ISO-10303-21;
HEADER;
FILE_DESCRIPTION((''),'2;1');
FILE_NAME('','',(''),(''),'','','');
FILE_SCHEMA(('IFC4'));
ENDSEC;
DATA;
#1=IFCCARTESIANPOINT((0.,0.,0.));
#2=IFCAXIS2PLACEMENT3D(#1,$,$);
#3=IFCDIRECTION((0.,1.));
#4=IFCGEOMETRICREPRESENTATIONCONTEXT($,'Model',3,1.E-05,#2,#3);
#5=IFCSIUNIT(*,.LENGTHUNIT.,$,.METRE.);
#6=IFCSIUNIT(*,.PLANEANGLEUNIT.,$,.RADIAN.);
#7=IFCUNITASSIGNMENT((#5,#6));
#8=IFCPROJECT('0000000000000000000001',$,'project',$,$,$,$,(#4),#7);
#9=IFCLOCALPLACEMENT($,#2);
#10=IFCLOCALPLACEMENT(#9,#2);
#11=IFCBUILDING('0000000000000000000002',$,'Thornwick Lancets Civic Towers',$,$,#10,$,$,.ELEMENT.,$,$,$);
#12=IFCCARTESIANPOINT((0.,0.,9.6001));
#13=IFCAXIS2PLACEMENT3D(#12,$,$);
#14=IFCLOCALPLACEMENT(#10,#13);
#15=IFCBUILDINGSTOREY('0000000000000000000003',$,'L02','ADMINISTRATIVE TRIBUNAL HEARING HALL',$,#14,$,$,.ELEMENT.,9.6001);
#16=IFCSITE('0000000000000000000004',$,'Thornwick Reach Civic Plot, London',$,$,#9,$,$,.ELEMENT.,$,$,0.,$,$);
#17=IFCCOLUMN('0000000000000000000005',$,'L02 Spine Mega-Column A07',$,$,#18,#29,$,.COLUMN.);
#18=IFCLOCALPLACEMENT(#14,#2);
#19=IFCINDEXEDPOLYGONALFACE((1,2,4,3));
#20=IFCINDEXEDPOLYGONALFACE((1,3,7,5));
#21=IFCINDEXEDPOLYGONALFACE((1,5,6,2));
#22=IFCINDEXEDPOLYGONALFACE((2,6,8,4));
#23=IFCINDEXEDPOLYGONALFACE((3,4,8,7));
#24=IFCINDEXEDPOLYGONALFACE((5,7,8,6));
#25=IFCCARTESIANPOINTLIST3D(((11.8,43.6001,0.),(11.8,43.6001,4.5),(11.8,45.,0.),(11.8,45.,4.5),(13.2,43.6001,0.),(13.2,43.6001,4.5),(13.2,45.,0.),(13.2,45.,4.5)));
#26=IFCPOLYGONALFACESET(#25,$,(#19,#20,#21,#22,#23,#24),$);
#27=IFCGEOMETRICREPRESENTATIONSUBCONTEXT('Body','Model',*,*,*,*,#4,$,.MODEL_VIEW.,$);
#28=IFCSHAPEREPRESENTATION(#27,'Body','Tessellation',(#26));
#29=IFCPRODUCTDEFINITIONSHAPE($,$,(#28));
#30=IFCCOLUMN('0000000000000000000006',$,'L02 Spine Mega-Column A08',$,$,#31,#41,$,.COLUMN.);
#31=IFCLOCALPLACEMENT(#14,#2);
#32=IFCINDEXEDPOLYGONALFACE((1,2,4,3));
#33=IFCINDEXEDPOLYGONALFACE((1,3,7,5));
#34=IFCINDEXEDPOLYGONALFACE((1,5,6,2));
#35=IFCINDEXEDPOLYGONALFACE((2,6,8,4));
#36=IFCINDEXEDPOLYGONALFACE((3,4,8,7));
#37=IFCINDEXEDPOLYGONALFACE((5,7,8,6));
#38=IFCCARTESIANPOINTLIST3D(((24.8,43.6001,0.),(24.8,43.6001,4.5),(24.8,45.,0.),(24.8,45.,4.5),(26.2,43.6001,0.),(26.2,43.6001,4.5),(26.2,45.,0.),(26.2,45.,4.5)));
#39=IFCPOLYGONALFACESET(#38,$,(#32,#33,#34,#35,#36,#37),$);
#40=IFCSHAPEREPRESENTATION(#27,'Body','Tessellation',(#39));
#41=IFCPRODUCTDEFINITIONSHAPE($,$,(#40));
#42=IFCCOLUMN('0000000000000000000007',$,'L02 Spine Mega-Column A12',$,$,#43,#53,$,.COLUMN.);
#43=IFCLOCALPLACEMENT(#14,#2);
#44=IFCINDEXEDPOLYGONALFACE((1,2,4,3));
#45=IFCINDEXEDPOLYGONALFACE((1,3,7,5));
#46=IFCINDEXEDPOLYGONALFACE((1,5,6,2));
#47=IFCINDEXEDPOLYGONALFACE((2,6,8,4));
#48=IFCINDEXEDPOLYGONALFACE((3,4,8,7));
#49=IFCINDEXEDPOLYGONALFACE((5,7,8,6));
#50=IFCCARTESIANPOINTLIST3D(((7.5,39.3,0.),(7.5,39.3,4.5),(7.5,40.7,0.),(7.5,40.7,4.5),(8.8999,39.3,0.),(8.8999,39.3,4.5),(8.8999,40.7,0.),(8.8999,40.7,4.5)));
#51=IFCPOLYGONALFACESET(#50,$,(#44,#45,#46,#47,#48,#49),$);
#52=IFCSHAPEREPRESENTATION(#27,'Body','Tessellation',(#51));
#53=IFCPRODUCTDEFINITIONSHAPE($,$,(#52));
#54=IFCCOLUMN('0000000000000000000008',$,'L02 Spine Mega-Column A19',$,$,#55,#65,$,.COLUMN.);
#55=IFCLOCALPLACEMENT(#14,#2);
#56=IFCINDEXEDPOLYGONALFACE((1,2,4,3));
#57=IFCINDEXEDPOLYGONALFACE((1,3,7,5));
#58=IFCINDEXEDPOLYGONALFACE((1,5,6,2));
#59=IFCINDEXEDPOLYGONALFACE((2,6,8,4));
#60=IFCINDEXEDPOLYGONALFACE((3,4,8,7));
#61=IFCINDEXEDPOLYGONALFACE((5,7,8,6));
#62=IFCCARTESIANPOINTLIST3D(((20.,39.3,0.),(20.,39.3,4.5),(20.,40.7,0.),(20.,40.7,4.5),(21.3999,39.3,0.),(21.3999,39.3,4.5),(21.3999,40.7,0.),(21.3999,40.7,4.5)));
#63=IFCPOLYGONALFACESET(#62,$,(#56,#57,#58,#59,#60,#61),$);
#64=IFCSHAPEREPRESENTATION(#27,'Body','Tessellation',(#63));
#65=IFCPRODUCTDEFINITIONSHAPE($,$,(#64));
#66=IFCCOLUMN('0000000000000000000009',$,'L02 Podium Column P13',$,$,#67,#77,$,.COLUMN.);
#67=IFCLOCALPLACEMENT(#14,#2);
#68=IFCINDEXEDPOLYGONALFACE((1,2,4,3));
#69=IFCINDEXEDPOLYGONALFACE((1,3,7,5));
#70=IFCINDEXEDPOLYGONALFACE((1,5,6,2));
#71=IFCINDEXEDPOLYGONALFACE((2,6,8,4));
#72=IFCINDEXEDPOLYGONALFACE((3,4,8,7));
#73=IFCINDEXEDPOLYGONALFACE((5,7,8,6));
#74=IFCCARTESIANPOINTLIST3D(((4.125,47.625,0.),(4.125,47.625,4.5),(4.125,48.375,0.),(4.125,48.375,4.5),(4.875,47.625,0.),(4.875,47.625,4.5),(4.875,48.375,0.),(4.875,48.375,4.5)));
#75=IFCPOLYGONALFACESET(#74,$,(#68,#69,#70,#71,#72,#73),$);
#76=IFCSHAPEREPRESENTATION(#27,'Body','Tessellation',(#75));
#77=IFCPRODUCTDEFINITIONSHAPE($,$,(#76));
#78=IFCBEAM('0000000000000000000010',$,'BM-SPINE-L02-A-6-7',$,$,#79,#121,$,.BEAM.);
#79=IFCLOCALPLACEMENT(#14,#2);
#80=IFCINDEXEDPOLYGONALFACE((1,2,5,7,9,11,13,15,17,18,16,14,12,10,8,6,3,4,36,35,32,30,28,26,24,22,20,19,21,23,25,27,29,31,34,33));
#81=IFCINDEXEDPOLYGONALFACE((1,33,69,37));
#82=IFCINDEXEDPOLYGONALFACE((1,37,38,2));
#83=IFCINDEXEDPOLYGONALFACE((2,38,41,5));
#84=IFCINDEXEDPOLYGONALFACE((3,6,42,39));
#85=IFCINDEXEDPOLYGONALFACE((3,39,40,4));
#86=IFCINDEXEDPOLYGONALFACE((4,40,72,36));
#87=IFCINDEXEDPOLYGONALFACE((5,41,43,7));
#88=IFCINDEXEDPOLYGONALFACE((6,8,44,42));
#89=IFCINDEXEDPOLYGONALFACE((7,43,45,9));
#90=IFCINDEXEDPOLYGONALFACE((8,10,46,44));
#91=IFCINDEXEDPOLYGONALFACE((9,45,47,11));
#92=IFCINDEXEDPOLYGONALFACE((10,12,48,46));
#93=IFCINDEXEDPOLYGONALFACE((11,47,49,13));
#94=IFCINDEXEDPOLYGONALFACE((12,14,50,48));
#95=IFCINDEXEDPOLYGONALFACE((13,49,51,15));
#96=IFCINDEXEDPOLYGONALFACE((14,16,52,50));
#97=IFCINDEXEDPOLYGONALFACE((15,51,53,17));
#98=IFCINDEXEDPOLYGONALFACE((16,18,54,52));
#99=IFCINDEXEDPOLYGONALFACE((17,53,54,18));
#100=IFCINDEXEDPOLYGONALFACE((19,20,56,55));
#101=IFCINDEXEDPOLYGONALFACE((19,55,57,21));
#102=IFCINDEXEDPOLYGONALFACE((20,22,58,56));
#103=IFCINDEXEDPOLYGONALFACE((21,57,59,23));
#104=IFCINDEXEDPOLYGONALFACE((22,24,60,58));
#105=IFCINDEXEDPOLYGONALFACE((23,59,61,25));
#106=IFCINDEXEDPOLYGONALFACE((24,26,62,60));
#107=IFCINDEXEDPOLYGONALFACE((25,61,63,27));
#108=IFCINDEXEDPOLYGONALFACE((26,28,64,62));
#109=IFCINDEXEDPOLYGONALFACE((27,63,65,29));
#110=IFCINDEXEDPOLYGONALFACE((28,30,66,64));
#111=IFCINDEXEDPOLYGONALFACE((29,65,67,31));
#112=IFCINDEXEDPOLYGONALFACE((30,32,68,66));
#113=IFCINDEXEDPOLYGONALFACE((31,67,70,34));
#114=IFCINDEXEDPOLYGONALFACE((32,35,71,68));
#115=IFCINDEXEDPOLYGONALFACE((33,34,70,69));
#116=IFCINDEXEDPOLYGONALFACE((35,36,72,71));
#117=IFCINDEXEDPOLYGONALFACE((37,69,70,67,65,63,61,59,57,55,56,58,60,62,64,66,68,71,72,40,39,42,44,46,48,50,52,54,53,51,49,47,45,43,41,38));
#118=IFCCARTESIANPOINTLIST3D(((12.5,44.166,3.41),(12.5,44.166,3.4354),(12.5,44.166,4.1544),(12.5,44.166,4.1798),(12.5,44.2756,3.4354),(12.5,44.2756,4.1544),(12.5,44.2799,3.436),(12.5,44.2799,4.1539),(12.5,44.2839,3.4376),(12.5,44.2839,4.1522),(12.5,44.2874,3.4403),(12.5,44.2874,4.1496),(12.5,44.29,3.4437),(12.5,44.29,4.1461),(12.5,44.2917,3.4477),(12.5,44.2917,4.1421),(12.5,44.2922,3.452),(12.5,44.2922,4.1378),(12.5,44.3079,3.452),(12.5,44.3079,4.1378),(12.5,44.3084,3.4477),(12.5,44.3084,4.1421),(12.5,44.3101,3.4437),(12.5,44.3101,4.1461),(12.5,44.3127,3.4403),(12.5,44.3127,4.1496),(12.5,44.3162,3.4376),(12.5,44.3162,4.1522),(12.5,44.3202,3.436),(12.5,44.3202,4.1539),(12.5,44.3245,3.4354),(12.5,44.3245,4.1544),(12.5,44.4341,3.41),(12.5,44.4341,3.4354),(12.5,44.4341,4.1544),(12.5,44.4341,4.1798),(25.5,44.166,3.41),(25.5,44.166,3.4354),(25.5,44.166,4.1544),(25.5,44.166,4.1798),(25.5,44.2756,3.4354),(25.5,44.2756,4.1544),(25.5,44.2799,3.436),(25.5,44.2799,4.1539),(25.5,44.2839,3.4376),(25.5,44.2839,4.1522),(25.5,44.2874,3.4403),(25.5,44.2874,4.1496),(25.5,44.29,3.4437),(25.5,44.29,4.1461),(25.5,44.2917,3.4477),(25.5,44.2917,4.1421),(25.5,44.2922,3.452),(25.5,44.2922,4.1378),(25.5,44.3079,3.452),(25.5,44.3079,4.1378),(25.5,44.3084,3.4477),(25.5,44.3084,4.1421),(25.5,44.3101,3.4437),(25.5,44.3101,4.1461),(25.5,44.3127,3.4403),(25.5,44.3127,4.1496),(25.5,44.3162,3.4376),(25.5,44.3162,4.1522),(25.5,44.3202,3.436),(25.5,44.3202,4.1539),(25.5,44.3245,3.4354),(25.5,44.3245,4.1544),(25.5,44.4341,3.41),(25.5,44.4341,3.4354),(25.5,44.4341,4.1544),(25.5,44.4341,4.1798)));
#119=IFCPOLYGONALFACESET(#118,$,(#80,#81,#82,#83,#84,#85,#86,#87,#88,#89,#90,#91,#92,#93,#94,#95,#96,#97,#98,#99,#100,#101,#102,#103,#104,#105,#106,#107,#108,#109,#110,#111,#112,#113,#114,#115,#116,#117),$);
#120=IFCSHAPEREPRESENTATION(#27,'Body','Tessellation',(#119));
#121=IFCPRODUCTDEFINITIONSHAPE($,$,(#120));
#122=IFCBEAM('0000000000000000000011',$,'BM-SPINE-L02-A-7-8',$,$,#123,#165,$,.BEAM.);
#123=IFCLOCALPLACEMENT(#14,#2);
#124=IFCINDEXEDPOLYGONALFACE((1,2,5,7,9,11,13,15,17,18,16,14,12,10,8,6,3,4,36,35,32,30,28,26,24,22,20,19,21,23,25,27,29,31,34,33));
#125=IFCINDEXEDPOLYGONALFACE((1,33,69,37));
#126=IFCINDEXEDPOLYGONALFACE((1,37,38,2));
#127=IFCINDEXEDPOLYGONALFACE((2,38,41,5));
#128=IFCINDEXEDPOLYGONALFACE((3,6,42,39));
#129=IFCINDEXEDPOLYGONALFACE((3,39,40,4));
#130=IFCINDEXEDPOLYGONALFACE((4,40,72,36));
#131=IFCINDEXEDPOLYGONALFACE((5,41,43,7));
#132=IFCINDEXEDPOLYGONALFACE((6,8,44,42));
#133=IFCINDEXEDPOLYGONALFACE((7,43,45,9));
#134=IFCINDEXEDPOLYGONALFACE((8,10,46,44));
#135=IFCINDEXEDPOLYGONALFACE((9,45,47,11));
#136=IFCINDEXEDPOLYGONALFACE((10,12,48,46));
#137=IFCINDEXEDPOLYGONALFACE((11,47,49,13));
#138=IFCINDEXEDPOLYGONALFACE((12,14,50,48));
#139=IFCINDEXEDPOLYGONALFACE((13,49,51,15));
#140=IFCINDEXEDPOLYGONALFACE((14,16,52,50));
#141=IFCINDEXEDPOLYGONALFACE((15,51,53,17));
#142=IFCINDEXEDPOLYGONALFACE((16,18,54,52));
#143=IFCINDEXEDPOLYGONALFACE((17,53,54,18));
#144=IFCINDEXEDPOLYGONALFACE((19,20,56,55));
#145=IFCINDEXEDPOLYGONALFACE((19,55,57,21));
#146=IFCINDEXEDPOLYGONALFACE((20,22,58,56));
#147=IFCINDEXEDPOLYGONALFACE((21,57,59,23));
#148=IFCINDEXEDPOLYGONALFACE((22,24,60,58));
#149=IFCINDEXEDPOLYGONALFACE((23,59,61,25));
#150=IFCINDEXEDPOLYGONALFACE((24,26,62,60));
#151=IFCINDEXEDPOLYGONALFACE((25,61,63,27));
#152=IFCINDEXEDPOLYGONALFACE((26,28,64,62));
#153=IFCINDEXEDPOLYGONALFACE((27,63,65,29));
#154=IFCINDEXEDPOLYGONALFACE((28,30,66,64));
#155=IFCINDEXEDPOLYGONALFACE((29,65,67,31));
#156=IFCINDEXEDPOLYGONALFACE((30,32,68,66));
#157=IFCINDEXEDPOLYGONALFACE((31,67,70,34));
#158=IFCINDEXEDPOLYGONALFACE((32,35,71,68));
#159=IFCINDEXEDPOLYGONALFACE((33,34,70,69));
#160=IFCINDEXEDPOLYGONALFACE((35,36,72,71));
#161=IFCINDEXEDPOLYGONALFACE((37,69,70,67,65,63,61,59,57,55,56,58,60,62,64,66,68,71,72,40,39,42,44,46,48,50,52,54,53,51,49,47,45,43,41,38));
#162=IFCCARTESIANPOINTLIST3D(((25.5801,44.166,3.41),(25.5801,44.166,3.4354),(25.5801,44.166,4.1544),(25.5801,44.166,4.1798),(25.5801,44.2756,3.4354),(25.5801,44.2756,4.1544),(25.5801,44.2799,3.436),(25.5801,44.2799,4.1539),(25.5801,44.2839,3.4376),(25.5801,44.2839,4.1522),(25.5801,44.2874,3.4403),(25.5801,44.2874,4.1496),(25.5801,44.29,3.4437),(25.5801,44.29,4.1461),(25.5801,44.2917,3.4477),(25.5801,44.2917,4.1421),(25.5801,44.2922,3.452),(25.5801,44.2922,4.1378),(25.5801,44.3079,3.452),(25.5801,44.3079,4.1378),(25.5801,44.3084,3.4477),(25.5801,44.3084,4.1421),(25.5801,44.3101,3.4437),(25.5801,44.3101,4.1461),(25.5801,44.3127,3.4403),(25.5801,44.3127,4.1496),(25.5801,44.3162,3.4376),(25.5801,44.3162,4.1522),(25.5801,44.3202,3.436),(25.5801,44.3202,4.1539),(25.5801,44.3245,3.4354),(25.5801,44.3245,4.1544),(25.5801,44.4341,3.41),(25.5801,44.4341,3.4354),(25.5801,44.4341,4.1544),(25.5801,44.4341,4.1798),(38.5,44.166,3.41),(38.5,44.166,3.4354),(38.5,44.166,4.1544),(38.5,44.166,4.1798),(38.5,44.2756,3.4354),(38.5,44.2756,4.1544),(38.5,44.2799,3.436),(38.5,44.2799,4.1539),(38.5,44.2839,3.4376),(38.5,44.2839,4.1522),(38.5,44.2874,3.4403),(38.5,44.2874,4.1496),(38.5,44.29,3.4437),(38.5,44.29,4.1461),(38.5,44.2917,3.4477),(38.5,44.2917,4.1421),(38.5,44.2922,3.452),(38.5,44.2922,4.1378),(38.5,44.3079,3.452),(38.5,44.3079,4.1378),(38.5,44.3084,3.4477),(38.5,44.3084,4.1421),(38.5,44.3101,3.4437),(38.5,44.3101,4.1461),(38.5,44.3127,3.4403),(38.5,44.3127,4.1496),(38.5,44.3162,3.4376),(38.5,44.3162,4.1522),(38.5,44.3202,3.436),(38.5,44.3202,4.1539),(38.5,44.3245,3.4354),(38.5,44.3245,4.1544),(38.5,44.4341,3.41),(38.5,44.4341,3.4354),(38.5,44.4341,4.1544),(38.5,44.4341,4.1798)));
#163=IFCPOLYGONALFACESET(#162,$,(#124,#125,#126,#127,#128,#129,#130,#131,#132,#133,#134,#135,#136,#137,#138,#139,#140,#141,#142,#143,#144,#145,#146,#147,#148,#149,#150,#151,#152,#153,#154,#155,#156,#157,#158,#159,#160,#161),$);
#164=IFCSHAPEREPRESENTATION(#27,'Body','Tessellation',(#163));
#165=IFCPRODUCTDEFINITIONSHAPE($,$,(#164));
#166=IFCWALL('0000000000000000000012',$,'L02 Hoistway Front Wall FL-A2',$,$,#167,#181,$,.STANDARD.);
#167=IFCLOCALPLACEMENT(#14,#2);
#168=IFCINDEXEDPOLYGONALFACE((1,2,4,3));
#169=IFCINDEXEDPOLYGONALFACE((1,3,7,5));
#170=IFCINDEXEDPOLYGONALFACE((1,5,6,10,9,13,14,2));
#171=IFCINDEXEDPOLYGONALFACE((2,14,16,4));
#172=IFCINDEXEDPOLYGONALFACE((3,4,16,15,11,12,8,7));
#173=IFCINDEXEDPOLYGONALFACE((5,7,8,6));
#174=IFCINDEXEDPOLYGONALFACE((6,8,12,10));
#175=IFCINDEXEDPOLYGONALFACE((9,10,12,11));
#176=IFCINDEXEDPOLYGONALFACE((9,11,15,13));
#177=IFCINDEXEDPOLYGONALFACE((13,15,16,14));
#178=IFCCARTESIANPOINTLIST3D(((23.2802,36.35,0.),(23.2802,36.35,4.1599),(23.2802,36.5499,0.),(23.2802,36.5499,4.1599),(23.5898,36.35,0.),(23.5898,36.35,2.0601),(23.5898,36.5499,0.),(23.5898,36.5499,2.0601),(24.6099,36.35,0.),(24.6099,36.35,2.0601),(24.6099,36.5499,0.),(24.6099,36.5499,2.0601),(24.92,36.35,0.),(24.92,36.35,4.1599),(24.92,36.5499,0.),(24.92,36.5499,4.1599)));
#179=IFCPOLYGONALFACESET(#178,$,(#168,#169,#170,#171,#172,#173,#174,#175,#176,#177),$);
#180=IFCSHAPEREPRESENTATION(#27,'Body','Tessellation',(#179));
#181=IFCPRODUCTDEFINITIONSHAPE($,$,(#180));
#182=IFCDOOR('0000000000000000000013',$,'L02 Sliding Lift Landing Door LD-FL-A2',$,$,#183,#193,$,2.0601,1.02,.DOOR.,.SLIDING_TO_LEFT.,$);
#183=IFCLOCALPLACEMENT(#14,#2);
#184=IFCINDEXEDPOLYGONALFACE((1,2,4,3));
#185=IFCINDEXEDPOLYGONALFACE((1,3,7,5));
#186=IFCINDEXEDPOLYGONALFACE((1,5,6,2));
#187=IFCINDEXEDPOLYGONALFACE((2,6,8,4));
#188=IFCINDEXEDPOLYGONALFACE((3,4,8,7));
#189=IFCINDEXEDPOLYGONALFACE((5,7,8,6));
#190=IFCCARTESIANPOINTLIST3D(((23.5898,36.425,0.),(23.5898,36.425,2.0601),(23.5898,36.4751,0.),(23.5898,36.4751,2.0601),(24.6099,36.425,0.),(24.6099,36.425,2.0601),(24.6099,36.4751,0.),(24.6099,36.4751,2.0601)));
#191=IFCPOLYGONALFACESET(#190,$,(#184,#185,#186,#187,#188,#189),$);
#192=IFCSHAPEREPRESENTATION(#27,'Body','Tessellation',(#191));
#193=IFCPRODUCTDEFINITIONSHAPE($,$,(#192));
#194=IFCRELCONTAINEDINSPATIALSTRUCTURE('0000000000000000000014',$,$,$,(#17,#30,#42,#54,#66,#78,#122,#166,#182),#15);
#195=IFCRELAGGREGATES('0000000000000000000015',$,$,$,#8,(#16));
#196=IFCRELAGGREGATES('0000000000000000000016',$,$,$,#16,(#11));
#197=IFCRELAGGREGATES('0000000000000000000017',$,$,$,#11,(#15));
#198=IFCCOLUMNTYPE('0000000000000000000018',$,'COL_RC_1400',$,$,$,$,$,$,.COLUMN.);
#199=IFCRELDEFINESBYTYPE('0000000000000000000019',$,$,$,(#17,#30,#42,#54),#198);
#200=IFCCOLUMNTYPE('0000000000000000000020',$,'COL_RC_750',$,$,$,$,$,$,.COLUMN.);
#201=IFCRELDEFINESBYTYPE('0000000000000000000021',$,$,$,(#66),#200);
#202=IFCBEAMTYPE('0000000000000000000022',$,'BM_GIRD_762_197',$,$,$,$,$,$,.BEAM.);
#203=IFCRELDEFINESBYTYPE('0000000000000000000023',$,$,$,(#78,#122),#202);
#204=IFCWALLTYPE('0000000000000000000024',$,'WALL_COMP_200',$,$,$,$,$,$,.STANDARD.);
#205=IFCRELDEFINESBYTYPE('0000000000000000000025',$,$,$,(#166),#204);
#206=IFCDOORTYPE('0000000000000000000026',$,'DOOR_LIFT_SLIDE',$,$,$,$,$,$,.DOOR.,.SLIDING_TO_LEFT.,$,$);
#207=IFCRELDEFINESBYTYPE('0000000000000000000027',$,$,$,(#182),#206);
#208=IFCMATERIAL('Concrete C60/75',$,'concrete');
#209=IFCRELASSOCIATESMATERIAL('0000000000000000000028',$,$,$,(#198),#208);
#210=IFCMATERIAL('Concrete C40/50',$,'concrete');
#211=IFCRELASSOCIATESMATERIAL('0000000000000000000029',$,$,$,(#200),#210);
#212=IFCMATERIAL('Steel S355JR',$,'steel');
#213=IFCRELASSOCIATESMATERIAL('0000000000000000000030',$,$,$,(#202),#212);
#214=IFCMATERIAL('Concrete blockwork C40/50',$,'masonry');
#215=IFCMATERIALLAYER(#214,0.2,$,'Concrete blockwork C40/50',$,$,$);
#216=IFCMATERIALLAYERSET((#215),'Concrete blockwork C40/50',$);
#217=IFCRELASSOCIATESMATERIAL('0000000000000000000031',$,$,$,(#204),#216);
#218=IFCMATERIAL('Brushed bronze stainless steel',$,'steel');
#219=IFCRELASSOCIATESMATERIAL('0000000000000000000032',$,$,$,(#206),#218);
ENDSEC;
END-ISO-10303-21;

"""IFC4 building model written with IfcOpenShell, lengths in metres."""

from ifc_helpers import new_model, si_unit, direction, frame, frame_2d, origin, origin_2d, place, context, subcontext, project, spatial, rectangle, i_section, extrude, material, layer, layer_set, material_profile, profile_set, type_object, element, fill, save


model = new_model("IFC4")

# Units and contexts
model_context = context("Model", 3, precision=1e-05, world=origin(), true_north=direction((0.0, 1.0)))
body_context = subcontext(model_context, "Body", "Model", "MODEL_VIEW")
ifc_project = project(units=[si_unit("LENGTHUNIT", "METRE"), si_unit("PLANEANGLEUNIT", "RADIAN")], contexts=[model_context])

# Site, building, storey
site_placement = place(None, origin())
site = spatial("IfcSite", under=ifc_project, at=site_placement, Name="Thornwick Reach Civic Plot, London", CompositionType="ELEMENT", RefElevation=0.0)
building_placement = place(site_placement, origin())
building = spatial("IfcBuilding", under=site, at=building_placement, Name="Thornwick Lancets Civic Towers", CompositionType="ELEMENT")
storey_placement = place(building_placement, frame((0.0, 0.0, 9.6001)))
storey = spatial("IfcBuildingStorey", under=building, at=storey_placement, Name="L02", Description="ADMINISTRATIVE TRIBUNAL HEARING HALL", CompositionType="ELEMENT", Elevation=9.6001)

# Columns
ifc_material_1 = material(Name="Concrete C60/75", Category="concrete")
ifc_material_profile_1 = material_profile(ifc_material_1, rectangle(XDim=1.3999, YDim=1.3999, at=origin_2d()), Name="RC 1400x1400")
ifc_profile_set_1 = profile_set([ifc_material_profile_1], Name="Concrete C60/75")
column_type_1 = type_object("IfcColumnType", Name="COL_RC_1400", PredefinedType="COLUMN", material=ifc_profile_set_1)
for number, where, z_axis, x_axis, name in (
    (1, (12.5, 44.3, 0.0), (0.0, 0.0, 1.0), (1.0, 0.0, 0.0), "L02 Spine Mega-Column A07"),
    (2, (25.5, 44.3, 0.0), (0.0, 0.0, 1.0), (1.0, 0.0, 0.0), "L02 Spine Mega-Column A08"),
    (3, (8.2, 40.0, 0.0), (0.0, 0.0, 1.0), (1.0, 0.0, 0.0), "L02 Spine Mega-Column A12"),
    (4, (20.7, 40.0, 0.0), (0.0, 0.0, 1.0), (1.0, 0.0, 0.0), "L02 Spine Mega-Column A19"),
):
    element("IfcColumn", number, at=place(storey_placement, frame(where, z_axis=z_axis, x_axis=x_axis)), inside=storey, type_object=column_type_1, Name=name, PredefinedType="COLUMN", context=body_context, shape_type="SweptSolid", body=[
        extrude(rectangle(XDim=1.3999, YDim=1.3999, at=origin_2d()), origin(), (0.0, 0.0, 1.0), 4.5),
    ])
ifc_material_2 = material(Name="Concrete C40/50", Category="concrete")
ifc_material_profile_2 = material_profile(ifc_material_2, rectangle(XDim=0.75, YDim=0.75, at=origin_2d()), Name="RC 750x750")
ifc_profile_set_2 = profile_set([ifc_material_profile_2], Name="Concrete C40/50")
column_type_2 = type_object("IfcColumnType", Name="COL_RC_750", PredefinedType="COLUMN", material=ifc_profile_set_2)
column_placement = place(storey_placement, frame((4.5, 48.0, 0.0), z_axis=(0.0, 0.0, 1.0), x_axis=(1.0, 0.0, 0.0)))
element("IfcColumn", 5, at=column_placement, inside=storey, type_object=column_type_2, Name="L02 Podium Column P13", PredefinedType="COLUMN", context=body_context, shape_type="SweptSolid", body=[
    extrude(rectangle(XDim=0.75, YDim=0.75, at=origin_2d()), origin(), (0.0, 0.0, 1.0), 4.5),
])

# Beams
ifc_material_3 = material(Name="Steel S355JR", Category="steel")
ifc_material_profile_3 = material_profile(ifc_material_3, i_section(OverallWidth=0.2681, OverallDepth=0.7698, WebThickness=0.0156, FlangeThickness=0.0254, FilletRadius=0.0166, at=origin_2d()), Name="UKB 762x267x197")
ifc_profile_set_3 = profile_set([ifc_material_profile_3], Name="Steel S355JR")
beam_type = type_object("IfcBeamType", Name="BM_GIRD_762_197", PredefinedType="BEAM", material=ifc_profile_set_3)
beam_1_placement = place(storey_placement, frame((12.5, 44.3, 3.7949), z_axis=(1.0, 0.0, 0.0), x_axis=(0.0, 1.0, 0.0)))
element("IfcBeam", 6, at=beam_1_placement, inside=storey, type_object=beam_type, Name="BM-SPINE-L02-A-6-7", PredefinedType="BEAM", context=body_context, shape_type="SweptSolid", body=[
    extrude(i_section(OverallWidth=0.2681, OverallDepth=0.7698, WebThickness=0.0156, FlangeThickness=0.0254, FilletRadius=0.0166, at=origin_2d()), origin(), (0.0, 0.0, 1.0), 13.0),
])
beam_2_placement = place(storey_placement, frame((25.5801, 44.3, 3.7949), z_axis=(1.0, 0.0, 0.0), x_axis=(0.0, 1.0, 0.0)))
element("IfcBeam", 7, at=beam_2_placement, inside=storey, type_object=beam_type, Name="BM-SPINE-L02-A-7-8", PredefinedType="BEAM", context=body_context, shape_type="SweptSolid", body=[
    extrude(i_section(OverallWidth=0.2681, OverallDepth=0.7698, WebThickness=0.0156, FlangeThickness=0.0254, FilletRadius=0.0166, at=origin_2d()), origin(), (0.0, 0.0, 1.0), 12.9199),
])

# Wall, opening, door
ifc_material_4 = material(Name="Concrete blockwork C40/50", Category="masonry")
ifc_layer_1 = layer(ifc_material_4, 0.2, Name="Concrete blockwork C40/50")
ifc_layer_set_1 = layer_set([ifc_layer_1], Name="Concrete blockwork C40/50")
wall_type_1 = type_object("IfcWallType", Name="WALL_COMP_200", PredefinedType="STANDARD", material=ifc_layer_set_1)
wall_1_placement = place(storey_placement, frame((24.9199, 36.45, 0.0), z_axis=(0.0, 0.0, 1.0), x_axis=(-1.0, 0.0, 0.0)))
wall_1 = element("IfcWall", 8, at=wall_1_placement, inside=storey, type_object=wall_type_1, Name="L02 Hoistway Front Wall FL-A2", PredefinedType="STANDARD", context=body_context, shape_type="SweptSolid", body=[
    extrude(rectangle(XDim=1.6399, YDim=0.2, at=frame_2d((0.8198, 0.0))), origin(), (0.0, 0.0, 1.0), 4.1599),
])
opening_1_placement = place(wall_1_placement, frame((0.3101, 0.0, 0.0)))
opening_1 = element("IfcOpeningElement", 9, at=opening_1_placement, cuts=wall_1, PredefinedType="OPENING", context=body_context, shape_type="SweptSolid", body=[
    extrude(rectangle(XDim=1.02, YDim=2.0601, at=frame_2d((0.51, 1.03))), frame((0.0, 0.1099, 0.0), z_axis=(0.0, -1.0, 0.0), x_axis=(1.0, 0.0, 0.0)), (0.0, 0.0, 1.0), 0.22),
])
ifc_material_5 = material(Name="Brushed bronze stainless steel", Category="steel")
door_type_1 = type_object("IfcDoorType", Name="DOOR_LIFT_SLIDE", OperationType="SLIDING_TO_LEFT", PredefinedType="DOOR", material=ifc_material_5)
door_1_placement = place(opening_1_placement, origin())
door_1 = element("IfcDoor", 10, at=door_1_placement, inside=storey, type_object=door_type_1, Name="L02 Sliding Lift Landing Door LD-FL-A2", OperationType="SLIDING_TO_LEFT", OverallHeight=2.0601, OverallWidth=1.02, PredefinedType="DOOR", context=body_context, shape_type="SweptSolid", body=[
    extrude(rectangle(XDim=1.02, YDim=2.0601, at=frame_2d((0.51, 1.03))), frame((0.0, 0.0249, 0.0), z_axis=(0.0, -1.0, 0.0), x_axis=(1.0, 0.0, 0.0)), (0.0, 0.0, 1.0), 0.05),
])
fill(opening_1, door_1)

save(model, "model.ifc")
